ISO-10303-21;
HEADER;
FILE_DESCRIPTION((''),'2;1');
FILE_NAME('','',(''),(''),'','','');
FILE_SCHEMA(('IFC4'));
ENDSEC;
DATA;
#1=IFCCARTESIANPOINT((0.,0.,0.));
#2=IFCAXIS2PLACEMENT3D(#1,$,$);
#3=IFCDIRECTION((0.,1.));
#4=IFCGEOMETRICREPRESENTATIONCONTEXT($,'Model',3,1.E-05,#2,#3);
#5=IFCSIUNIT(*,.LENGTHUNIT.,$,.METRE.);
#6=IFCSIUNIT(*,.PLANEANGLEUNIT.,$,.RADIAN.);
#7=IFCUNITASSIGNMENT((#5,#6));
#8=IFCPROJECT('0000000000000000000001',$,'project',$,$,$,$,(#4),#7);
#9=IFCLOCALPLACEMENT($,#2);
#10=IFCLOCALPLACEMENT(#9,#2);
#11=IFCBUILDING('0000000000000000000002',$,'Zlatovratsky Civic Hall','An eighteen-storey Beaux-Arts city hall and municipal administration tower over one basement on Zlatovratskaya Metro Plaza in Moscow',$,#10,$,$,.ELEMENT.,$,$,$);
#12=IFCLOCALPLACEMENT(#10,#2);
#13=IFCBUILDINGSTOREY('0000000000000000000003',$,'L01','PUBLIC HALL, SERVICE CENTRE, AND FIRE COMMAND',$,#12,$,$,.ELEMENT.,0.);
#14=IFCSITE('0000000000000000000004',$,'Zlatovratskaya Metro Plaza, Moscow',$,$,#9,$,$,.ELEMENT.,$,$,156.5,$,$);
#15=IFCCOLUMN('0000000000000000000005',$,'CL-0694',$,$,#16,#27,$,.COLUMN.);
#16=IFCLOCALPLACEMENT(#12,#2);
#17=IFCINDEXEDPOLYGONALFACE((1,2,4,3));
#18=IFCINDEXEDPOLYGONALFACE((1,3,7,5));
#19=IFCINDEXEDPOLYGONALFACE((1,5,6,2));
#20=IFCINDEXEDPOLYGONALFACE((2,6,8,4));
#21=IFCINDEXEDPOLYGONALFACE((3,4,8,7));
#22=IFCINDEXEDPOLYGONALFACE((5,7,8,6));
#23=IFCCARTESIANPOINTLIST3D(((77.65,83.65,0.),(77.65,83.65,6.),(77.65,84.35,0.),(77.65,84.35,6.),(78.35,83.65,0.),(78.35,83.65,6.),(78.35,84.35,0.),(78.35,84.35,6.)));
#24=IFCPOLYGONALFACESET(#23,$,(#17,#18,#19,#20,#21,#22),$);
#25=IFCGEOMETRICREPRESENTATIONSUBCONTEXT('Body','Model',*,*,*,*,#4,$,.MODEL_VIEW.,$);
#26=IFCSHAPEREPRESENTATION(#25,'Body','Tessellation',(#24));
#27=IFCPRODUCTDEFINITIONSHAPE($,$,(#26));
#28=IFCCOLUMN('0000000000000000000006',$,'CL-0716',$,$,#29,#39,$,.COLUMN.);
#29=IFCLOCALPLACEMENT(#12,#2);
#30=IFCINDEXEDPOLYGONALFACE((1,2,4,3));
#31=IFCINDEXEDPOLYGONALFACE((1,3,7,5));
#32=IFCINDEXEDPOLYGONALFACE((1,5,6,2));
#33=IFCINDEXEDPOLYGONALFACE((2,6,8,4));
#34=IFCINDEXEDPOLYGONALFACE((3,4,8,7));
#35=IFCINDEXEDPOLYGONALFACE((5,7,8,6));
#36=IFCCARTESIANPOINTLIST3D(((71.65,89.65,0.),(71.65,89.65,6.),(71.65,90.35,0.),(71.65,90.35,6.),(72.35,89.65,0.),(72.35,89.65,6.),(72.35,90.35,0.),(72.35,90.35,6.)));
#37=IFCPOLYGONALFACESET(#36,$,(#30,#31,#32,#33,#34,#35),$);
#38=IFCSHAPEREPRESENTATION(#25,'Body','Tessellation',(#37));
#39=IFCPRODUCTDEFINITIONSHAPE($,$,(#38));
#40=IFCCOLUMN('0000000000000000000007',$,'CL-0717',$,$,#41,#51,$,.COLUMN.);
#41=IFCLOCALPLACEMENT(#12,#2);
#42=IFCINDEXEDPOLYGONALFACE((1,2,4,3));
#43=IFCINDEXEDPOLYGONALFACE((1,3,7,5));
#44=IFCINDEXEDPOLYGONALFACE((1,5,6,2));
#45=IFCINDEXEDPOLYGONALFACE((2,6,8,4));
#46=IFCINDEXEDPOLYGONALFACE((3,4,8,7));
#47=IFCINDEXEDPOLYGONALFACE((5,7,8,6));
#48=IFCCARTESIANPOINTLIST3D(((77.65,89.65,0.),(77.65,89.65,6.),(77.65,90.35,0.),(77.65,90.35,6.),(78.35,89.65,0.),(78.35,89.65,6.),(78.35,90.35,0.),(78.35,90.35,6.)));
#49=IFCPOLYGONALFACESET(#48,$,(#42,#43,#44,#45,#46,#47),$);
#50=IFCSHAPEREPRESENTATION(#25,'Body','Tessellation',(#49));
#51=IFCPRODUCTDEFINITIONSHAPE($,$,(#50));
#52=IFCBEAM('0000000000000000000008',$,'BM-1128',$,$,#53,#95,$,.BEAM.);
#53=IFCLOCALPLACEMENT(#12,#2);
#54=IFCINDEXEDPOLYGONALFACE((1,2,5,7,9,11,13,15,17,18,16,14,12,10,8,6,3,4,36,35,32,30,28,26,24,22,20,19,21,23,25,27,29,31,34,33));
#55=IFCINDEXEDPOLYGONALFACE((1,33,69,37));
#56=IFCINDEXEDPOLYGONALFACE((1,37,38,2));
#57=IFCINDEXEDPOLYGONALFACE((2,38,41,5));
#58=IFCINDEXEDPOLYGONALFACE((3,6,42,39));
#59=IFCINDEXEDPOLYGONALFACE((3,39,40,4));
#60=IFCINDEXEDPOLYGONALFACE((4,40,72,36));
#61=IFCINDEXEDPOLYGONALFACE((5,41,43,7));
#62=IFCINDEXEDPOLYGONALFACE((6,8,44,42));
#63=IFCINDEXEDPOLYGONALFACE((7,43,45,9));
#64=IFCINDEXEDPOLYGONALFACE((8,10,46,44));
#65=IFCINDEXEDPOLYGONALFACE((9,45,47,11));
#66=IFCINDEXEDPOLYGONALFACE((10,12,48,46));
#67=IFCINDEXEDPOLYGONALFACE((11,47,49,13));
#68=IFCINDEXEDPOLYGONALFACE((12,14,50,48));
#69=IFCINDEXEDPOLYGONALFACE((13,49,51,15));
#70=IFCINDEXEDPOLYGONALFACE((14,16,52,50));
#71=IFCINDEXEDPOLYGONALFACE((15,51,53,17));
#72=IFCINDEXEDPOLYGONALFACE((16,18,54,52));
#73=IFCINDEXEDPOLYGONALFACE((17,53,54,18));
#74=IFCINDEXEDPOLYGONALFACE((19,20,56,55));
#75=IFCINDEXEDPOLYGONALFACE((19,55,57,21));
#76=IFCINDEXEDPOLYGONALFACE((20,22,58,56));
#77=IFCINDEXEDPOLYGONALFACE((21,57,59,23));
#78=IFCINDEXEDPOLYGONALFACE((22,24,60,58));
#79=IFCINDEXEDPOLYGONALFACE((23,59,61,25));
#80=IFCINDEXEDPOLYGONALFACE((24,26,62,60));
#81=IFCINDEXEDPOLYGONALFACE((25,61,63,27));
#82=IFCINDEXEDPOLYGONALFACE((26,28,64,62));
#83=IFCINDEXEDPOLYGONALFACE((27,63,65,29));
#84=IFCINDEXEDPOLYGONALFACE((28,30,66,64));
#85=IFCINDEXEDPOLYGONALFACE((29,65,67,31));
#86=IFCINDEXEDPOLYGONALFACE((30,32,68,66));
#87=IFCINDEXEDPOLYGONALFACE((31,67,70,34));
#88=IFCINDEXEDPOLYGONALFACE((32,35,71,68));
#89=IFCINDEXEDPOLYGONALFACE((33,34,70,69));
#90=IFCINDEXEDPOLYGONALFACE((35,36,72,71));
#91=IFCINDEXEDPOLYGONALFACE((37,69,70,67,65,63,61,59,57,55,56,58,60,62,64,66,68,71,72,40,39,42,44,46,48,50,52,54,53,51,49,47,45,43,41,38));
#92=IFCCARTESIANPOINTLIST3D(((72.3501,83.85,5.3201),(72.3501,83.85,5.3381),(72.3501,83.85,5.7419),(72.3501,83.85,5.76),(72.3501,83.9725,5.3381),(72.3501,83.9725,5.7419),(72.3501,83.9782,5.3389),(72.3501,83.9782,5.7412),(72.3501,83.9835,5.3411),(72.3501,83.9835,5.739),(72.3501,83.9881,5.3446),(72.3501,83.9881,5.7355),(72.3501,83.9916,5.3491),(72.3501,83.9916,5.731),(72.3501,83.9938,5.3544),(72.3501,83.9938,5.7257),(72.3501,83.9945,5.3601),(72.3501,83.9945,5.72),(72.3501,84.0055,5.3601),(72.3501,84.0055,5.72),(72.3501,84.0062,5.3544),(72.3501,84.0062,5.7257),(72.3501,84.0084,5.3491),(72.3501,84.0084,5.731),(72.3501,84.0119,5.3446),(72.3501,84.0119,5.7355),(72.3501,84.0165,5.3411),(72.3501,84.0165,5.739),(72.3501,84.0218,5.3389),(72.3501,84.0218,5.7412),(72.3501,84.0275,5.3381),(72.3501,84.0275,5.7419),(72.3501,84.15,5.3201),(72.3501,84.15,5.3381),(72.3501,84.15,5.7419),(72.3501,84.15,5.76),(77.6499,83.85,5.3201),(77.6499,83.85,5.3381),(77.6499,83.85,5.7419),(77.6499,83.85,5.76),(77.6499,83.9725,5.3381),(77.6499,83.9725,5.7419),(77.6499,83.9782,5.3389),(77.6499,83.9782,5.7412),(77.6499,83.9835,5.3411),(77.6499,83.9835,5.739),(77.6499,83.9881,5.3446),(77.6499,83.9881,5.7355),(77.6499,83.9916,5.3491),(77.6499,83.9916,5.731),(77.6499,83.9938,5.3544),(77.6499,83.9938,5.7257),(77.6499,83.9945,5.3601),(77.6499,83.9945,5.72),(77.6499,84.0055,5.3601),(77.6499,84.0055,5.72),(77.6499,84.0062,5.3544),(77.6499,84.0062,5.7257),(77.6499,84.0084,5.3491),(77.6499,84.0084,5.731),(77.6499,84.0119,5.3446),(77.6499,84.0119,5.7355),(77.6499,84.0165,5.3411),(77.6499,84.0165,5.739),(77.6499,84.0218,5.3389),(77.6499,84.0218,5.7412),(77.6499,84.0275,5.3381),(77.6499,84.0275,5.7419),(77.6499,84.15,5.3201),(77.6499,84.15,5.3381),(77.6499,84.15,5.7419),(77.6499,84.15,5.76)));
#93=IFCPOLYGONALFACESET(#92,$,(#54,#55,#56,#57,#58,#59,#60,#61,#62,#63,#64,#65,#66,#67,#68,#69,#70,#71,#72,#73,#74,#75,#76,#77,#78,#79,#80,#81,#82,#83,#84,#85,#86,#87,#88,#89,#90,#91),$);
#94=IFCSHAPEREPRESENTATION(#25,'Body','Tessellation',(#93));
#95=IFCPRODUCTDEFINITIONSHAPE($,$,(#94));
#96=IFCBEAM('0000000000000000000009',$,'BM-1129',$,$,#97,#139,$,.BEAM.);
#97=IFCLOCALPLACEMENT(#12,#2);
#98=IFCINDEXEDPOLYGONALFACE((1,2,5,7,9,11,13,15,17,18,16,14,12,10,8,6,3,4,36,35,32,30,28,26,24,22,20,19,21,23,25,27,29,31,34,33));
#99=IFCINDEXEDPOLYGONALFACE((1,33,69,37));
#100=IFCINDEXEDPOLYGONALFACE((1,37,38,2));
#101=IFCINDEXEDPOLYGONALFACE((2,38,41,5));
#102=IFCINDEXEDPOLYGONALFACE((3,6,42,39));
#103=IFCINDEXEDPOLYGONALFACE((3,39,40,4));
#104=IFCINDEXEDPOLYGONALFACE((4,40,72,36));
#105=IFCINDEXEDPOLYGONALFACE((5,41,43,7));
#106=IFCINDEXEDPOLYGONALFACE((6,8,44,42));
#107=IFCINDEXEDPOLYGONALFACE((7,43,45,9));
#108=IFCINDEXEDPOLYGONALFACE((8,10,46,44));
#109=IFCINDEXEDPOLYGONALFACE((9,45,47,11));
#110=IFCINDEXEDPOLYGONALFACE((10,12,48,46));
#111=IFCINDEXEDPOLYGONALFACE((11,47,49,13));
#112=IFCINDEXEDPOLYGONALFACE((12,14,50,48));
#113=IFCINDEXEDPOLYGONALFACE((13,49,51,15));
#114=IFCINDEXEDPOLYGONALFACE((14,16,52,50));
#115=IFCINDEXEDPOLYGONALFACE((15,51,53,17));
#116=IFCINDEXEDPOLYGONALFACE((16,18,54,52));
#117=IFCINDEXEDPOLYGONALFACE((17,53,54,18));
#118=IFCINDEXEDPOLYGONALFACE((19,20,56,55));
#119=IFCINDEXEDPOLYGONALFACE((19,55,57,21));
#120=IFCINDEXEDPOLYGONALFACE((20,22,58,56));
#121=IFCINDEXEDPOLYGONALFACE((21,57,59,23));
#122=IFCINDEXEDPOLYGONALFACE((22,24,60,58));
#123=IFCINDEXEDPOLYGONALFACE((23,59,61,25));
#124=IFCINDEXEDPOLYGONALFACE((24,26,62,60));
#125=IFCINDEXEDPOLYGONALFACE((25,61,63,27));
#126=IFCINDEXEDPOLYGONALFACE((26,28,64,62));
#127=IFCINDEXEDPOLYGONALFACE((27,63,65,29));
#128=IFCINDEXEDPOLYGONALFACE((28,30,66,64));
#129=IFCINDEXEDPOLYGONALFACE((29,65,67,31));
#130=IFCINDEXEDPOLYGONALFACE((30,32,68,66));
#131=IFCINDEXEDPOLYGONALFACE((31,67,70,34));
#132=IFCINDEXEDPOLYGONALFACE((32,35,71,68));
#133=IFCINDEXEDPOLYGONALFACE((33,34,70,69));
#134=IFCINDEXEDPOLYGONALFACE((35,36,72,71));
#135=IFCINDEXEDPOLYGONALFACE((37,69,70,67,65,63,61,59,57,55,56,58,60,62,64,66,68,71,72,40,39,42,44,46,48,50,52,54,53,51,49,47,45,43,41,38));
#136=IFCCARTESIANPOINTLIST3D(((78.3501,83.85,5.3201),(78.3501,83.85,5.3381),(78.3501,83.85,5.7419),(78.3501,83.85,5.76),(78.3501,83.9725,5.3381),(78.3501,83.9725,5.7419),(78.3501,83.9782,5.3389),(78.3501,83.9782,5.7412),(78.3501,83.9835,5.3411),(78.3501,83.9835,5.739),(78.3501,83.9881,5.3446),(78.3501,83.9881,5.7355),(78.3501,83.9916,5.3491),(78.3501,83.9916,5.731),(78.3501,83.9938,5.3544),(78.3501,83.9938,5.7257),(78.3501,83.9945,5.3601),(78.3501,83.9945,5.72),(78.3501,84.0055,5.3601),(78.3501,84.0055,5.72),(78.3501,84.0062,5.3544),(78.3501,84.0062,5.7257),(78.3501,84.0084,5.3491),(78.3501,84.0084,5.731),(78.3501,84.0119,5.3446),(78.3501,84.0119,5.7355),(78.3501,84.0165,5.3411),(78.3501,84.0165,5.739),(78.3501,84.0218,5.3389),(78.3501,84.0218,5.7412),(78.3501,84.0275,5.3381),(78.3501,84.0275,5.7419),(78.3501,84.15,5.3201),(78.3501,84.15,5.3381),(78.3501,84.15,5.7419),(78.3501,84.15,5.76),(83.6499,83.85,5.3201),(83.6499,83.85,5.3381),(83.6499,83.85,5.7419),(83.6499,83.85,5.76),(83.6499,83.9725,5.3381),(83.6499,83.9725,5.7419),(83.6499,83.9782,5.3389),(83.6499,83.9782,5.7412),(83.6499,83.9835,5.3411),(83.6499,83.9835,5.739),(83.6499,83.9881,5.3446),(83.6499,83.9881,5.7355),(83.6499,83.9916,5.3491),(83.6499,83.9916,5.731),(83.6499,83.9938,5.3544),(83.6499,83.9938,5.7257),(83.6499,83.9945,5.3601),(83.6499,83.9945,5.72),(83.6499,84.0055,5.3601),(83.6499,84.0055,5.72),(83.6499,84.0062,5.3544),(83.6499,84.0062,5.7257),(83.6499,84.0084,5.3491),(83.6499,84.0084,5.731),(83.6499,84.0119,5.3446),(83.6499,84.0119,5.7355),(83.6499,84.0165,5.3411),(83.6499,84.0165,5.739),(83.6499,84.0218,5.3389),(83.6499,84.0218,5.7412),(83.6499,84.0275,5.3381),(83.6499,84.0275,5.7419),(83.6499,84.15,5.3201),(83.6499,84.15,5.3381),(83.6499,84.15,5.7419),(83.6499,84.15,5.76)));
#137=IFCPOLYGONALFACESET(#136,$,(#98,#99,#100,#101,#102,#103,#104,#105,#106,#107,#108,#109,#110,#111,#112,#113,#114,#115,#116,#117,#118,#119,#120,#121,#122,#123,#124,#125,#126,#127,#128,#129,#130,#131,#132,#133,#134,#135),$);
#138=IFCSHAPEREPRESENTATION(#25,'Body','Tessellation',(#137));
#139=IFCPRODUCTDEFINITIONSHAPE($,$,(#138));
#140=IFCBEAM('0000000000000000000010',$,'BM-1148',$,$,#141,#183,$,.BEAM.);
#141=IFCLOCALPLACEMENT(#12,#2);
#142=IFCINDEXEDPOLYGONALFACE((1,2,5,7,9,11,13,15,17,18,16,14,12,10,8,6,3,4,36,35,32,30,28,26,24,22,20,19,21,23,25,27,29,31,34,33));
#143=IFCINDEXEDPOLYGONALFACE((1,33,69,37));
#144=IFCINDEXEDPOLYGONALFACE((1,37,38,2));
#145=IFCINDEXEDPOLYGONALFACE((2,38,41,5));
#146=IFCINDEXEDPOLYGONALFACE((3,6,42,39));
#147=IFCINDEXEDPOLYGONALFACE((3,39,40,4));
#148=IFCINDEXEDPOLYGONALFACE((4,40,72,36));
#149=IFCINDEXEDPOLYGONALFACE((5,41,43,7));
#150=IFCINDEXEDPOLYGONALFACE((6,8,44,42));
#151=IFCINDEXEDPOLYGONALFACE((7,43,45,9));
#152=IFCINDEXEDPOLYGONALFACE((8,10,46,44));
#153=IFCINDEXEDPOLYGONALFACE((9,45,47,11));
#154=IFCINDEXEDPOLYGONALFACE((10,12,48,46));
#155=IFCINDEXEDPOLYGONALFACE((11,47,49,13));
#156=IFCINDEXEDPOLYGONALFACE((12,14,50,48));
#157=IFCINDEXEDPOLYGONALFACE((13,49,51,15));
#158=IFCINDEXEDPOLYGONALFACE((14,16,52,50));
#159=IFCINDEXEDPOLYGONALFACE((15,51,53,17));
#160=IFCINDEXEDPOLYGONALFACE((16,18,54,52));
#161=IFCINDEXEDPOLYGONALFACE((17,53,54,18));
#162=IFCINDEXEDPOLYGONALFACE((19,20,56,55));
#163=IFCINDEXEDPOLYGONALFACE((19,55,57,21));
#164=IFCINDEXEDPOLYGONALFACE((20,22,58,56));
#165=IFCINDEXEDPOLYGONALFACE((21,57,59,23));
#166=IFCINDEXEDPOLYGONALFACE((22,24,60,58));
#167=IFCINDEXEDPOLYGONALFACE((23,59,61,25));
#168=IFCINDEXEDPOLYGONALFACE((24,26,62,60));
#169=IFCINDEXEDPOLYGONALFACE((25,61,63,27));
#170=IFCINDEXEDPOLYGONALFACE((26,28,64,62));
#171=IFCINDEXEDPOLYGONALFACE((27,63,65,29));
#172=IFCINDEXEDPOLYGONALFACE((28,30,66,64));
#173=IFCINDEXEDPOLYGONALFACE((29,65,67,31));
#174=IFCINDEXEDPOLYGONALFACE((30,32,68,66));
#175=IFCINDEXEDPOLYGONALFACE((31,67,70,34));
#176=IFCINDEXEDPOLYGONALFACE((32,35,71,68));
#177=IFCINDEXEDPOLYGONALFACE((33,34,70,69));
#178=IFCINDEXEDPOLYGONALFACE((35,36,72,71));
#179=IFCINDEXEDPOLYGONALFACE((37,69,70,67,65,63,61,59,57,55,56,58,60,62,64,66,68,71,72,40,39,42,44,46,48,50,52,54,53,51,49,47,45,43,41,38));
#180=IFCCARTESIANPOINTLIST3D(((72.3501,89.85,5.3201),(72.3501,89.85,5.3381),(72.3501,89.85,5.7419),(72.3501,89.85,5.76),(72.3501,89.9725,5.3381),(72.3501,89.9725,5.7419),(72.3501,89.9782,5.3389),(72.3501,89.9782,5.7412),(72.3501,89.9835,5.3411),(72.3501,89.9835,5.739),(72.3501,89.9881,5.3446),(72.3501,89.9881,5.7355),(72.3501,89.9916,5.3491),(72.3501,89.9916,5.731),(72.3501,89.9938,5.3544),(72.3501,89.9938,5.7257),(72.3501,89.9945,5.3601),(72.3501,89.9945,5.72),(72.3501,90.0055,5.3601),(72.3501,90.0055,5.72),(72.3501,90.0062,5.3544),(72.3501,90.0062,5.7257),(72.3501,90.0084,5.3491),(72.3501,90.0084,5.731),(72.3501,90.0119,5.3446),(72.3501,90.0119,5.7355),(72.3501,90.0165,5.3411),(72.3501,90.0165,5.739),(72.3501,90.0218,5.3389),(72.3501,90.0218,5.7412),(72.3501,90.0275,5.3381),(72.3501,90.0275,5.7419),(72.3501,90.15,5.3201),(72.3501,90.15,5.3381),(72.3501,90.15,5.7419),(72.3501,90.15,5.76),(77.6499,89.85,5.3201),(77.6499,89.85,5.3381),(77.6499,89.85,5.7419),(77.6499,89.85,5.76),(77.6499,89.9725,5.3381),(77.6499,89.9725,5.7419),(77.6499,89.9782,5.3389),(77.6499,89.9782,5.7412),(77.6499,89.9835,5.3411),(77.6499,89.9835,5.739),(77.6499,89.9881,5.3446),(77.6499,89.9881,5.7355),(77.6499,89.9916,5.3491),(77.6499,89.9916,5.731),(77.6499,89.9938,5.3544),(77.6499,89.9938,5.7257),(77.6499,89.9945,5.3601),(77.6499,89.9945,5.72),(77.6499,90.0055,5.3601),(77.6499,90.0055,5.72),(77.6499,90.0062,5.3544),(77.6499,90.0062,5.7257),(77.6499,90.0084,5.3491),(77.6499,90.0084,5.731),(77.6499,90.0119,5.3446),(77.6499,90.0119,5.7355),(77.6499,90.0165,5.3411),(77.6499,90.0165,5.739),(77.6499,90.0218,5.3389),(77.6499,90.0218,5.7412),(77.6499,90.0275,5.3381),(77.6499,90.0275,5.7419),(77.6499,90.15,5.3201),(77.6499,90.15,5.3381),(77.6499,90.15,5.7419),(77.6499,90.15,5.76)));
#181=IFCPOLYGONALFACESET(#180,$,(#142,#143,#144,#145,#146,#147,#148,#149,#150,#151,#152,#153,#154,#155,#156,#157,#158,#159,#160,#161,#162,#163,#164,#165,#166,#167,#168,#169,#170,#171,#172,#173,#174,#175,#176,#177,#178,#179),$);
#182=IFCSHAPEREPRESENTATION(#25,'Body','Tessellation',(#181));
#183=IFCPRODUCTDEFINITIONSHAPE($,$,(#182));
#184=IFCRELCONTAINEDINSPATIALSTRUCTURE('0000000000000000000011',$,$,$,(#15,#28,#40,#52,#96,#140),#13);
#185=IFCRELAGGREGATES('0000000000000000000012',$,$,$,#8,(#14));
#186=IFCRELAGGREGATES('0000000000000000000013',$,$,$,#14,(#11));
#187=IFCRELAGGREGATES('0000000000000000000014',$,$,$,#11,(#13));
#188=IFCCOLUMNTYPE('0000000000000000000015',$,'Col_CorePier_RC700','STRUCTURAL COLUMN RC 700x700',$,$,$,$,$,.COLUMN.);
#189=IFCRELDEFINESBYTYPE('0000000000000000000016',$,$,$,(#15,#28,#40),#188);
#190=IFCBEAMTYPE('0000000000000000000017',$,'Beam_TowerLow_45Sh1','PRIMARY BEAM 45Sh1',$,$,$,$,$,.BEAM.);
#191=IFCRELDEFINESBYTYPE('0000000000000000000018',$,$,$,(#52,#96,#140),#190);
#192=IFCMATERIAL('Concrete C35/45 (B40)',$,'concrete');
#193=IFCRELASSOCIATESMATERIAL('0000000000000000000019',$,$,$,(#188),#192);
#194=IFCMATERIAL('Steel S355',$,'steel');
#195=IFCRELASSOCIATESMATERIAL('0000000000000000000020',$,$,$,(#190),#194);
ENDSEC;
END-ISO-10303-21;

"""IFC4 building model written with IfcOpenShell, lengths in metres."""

from ifc_helpers import new_model, si_unit, direction, frame, origin, origin_2d, place, context, subcontext, project, spatial, rectangle, i_section, extrude, material, material_profile, profile_set, type_object, element, save


model = new_model("IFC4")

# Units and contexts
model_context = context("Model", 3, precision=1e-05, world=origin(), true_north=direction((0.0, 1.0)))
body_context = subcontext(model_context, "Body", "Model", "MODEL_VIEW")
ifc_project = project(units=[si_unit("LENGTHUNIT", "METRE"), si_unit("PLANEANGLEUNIT", "RADIAN")], contexts=[model_context])

# Site, building, storey
site_placement = place(None, origin())
site = spatial("IfcSite", under=ifc_project, at=site_placement, Name="Zlatovratskaya Metro Plaza, Moscow", CompositionType="ELEMENT", RefElevation=156.5)
building_placement = place(site_placement, origin())
building = spatial("IfcBuilding", under=site, at=building_placement, Name="Zlatovratsky Civic Hall", Description="An eighteen-storey Beaux-Arts city hall and municipal administration tower over one basement on Zlatovratskaya Metro Plaza in Moscow", CompositionType="ELEMENT")
storey_placement = place(building_placement, origin())
storey = spatial("IfcBuildingStorey", under=building, at=storey_placement, Name="L01", Description="PUBLIC HALL, SERVICE CENTRE, AND FIRE COMMAND", CompositionType="ELEMENT", Elevation=0.0)

# Columns
ifc_material_1 = material(Name="Concrete C35/45 (B40)", Category="concrete")
ifc_material_profile_1 = material_profile(ifc_material_1, rectangle(XDim=0.7, YDim=0.7, at=origin_2d()), Name="RC 700x700")
ifc_profile_set_1 = profile_set([ifc_material_profile_1], Name="Concrete C35/45 (B40)")
column_type = type_object("IfcColumnType", Name="Col_CorePier_RC700", Description="STRUCTURAL COLUMN RC 700x700", PredefinedType="COLUMN", material=ifc_profile_set_1)
for number, where, z_axis, x_axis, name in (
    (1, (78.0, 84.0, 0.0), (0.0, 0.0, 1.0), (1.0, 0.0, 0.0), "CL-0694"),
    (2, (72.0, 90.0, 0.0), (0.0, 0.0, 1.0), (1.0, 0.0, 0.0), "CL-0716"),
    (3, (78.0, 90.0, 0.0), (0.0, 0.0, 1.0), (1.0, 0.0, 0.0), "CL-0717"),
):
    element("IfcColumn", number, at=place(storey_placement, frame(where, z_axis=z_axis, x_axis=x_axis)), inside=storey, type_object=column_type, Name=name, PredefinedType="COLUMN", context=body_context, shape_type="SweptSolid", body=[
        extrude(rectangle(XDim=0.7, YDim=0.7, at=origin_2d()), origin(), (0.0, 0.0, 1.0), 6.0),
    ])

# Beams
ifc_material_2 = material(Name="Steel S355", Category="steel")
ifc_material_profile_2 = material_profile(ifc_material_2, i_section(OverallWidth=0.3, OverallDepth=0.4399, WebThickness=0.011, FlangeThickness=0.0181, FilletRadius=0.022, at=origin_2d()), Name="45Sh1")
ifc_profile_set_2 = profile_set([ifc_material_profile_2], Name="Steel S355")
beam_type_1 = type_object("IfcBeamType", Name="Beam_TowerLow_45Sh1", Description="PRIMARY BEAM 45Sh1", PredefinedType="BEAM", material=ifc_profile_set_2)
for number, where, z_axis, x_axis, name in (
    (4, (72.3501, 84.0, 5.54), (1.0, 0.0, 0.0), (0.0, 1.0, 0.0), "BM-1128"),
    (5, (78.3501, 84.0, 5.54), (1.0, 0.0, 0.0), (0.0, 1.0, 0.0), "BM-1129"),
    (6, (72.3501, 90.0, 5.54), (1.0, 0.0, 0.0), (0.0, 1.0, 0.0), "BM-1148"),
):
    element("IfcBeam", number, at=place(storey_placement, frame(where, z_axis=z_axis, x_axis=x_axis)), inside=storey, type_object=beam_type_1, Name=name, PredefinedType="BEAM", context=body_context, shape_type="SweptSolid", body=[
        extrude(i_section(OverallWidth=0.3, OverallDepth=0.4399, WebThickness=0.011, FlangeThickness=0.0181, FilletRadius=0.022, at=origin_2d()), origin(), (0.0, 0.0, 1.0), 5.2998),
    ])

save(model, "model.ifc")
